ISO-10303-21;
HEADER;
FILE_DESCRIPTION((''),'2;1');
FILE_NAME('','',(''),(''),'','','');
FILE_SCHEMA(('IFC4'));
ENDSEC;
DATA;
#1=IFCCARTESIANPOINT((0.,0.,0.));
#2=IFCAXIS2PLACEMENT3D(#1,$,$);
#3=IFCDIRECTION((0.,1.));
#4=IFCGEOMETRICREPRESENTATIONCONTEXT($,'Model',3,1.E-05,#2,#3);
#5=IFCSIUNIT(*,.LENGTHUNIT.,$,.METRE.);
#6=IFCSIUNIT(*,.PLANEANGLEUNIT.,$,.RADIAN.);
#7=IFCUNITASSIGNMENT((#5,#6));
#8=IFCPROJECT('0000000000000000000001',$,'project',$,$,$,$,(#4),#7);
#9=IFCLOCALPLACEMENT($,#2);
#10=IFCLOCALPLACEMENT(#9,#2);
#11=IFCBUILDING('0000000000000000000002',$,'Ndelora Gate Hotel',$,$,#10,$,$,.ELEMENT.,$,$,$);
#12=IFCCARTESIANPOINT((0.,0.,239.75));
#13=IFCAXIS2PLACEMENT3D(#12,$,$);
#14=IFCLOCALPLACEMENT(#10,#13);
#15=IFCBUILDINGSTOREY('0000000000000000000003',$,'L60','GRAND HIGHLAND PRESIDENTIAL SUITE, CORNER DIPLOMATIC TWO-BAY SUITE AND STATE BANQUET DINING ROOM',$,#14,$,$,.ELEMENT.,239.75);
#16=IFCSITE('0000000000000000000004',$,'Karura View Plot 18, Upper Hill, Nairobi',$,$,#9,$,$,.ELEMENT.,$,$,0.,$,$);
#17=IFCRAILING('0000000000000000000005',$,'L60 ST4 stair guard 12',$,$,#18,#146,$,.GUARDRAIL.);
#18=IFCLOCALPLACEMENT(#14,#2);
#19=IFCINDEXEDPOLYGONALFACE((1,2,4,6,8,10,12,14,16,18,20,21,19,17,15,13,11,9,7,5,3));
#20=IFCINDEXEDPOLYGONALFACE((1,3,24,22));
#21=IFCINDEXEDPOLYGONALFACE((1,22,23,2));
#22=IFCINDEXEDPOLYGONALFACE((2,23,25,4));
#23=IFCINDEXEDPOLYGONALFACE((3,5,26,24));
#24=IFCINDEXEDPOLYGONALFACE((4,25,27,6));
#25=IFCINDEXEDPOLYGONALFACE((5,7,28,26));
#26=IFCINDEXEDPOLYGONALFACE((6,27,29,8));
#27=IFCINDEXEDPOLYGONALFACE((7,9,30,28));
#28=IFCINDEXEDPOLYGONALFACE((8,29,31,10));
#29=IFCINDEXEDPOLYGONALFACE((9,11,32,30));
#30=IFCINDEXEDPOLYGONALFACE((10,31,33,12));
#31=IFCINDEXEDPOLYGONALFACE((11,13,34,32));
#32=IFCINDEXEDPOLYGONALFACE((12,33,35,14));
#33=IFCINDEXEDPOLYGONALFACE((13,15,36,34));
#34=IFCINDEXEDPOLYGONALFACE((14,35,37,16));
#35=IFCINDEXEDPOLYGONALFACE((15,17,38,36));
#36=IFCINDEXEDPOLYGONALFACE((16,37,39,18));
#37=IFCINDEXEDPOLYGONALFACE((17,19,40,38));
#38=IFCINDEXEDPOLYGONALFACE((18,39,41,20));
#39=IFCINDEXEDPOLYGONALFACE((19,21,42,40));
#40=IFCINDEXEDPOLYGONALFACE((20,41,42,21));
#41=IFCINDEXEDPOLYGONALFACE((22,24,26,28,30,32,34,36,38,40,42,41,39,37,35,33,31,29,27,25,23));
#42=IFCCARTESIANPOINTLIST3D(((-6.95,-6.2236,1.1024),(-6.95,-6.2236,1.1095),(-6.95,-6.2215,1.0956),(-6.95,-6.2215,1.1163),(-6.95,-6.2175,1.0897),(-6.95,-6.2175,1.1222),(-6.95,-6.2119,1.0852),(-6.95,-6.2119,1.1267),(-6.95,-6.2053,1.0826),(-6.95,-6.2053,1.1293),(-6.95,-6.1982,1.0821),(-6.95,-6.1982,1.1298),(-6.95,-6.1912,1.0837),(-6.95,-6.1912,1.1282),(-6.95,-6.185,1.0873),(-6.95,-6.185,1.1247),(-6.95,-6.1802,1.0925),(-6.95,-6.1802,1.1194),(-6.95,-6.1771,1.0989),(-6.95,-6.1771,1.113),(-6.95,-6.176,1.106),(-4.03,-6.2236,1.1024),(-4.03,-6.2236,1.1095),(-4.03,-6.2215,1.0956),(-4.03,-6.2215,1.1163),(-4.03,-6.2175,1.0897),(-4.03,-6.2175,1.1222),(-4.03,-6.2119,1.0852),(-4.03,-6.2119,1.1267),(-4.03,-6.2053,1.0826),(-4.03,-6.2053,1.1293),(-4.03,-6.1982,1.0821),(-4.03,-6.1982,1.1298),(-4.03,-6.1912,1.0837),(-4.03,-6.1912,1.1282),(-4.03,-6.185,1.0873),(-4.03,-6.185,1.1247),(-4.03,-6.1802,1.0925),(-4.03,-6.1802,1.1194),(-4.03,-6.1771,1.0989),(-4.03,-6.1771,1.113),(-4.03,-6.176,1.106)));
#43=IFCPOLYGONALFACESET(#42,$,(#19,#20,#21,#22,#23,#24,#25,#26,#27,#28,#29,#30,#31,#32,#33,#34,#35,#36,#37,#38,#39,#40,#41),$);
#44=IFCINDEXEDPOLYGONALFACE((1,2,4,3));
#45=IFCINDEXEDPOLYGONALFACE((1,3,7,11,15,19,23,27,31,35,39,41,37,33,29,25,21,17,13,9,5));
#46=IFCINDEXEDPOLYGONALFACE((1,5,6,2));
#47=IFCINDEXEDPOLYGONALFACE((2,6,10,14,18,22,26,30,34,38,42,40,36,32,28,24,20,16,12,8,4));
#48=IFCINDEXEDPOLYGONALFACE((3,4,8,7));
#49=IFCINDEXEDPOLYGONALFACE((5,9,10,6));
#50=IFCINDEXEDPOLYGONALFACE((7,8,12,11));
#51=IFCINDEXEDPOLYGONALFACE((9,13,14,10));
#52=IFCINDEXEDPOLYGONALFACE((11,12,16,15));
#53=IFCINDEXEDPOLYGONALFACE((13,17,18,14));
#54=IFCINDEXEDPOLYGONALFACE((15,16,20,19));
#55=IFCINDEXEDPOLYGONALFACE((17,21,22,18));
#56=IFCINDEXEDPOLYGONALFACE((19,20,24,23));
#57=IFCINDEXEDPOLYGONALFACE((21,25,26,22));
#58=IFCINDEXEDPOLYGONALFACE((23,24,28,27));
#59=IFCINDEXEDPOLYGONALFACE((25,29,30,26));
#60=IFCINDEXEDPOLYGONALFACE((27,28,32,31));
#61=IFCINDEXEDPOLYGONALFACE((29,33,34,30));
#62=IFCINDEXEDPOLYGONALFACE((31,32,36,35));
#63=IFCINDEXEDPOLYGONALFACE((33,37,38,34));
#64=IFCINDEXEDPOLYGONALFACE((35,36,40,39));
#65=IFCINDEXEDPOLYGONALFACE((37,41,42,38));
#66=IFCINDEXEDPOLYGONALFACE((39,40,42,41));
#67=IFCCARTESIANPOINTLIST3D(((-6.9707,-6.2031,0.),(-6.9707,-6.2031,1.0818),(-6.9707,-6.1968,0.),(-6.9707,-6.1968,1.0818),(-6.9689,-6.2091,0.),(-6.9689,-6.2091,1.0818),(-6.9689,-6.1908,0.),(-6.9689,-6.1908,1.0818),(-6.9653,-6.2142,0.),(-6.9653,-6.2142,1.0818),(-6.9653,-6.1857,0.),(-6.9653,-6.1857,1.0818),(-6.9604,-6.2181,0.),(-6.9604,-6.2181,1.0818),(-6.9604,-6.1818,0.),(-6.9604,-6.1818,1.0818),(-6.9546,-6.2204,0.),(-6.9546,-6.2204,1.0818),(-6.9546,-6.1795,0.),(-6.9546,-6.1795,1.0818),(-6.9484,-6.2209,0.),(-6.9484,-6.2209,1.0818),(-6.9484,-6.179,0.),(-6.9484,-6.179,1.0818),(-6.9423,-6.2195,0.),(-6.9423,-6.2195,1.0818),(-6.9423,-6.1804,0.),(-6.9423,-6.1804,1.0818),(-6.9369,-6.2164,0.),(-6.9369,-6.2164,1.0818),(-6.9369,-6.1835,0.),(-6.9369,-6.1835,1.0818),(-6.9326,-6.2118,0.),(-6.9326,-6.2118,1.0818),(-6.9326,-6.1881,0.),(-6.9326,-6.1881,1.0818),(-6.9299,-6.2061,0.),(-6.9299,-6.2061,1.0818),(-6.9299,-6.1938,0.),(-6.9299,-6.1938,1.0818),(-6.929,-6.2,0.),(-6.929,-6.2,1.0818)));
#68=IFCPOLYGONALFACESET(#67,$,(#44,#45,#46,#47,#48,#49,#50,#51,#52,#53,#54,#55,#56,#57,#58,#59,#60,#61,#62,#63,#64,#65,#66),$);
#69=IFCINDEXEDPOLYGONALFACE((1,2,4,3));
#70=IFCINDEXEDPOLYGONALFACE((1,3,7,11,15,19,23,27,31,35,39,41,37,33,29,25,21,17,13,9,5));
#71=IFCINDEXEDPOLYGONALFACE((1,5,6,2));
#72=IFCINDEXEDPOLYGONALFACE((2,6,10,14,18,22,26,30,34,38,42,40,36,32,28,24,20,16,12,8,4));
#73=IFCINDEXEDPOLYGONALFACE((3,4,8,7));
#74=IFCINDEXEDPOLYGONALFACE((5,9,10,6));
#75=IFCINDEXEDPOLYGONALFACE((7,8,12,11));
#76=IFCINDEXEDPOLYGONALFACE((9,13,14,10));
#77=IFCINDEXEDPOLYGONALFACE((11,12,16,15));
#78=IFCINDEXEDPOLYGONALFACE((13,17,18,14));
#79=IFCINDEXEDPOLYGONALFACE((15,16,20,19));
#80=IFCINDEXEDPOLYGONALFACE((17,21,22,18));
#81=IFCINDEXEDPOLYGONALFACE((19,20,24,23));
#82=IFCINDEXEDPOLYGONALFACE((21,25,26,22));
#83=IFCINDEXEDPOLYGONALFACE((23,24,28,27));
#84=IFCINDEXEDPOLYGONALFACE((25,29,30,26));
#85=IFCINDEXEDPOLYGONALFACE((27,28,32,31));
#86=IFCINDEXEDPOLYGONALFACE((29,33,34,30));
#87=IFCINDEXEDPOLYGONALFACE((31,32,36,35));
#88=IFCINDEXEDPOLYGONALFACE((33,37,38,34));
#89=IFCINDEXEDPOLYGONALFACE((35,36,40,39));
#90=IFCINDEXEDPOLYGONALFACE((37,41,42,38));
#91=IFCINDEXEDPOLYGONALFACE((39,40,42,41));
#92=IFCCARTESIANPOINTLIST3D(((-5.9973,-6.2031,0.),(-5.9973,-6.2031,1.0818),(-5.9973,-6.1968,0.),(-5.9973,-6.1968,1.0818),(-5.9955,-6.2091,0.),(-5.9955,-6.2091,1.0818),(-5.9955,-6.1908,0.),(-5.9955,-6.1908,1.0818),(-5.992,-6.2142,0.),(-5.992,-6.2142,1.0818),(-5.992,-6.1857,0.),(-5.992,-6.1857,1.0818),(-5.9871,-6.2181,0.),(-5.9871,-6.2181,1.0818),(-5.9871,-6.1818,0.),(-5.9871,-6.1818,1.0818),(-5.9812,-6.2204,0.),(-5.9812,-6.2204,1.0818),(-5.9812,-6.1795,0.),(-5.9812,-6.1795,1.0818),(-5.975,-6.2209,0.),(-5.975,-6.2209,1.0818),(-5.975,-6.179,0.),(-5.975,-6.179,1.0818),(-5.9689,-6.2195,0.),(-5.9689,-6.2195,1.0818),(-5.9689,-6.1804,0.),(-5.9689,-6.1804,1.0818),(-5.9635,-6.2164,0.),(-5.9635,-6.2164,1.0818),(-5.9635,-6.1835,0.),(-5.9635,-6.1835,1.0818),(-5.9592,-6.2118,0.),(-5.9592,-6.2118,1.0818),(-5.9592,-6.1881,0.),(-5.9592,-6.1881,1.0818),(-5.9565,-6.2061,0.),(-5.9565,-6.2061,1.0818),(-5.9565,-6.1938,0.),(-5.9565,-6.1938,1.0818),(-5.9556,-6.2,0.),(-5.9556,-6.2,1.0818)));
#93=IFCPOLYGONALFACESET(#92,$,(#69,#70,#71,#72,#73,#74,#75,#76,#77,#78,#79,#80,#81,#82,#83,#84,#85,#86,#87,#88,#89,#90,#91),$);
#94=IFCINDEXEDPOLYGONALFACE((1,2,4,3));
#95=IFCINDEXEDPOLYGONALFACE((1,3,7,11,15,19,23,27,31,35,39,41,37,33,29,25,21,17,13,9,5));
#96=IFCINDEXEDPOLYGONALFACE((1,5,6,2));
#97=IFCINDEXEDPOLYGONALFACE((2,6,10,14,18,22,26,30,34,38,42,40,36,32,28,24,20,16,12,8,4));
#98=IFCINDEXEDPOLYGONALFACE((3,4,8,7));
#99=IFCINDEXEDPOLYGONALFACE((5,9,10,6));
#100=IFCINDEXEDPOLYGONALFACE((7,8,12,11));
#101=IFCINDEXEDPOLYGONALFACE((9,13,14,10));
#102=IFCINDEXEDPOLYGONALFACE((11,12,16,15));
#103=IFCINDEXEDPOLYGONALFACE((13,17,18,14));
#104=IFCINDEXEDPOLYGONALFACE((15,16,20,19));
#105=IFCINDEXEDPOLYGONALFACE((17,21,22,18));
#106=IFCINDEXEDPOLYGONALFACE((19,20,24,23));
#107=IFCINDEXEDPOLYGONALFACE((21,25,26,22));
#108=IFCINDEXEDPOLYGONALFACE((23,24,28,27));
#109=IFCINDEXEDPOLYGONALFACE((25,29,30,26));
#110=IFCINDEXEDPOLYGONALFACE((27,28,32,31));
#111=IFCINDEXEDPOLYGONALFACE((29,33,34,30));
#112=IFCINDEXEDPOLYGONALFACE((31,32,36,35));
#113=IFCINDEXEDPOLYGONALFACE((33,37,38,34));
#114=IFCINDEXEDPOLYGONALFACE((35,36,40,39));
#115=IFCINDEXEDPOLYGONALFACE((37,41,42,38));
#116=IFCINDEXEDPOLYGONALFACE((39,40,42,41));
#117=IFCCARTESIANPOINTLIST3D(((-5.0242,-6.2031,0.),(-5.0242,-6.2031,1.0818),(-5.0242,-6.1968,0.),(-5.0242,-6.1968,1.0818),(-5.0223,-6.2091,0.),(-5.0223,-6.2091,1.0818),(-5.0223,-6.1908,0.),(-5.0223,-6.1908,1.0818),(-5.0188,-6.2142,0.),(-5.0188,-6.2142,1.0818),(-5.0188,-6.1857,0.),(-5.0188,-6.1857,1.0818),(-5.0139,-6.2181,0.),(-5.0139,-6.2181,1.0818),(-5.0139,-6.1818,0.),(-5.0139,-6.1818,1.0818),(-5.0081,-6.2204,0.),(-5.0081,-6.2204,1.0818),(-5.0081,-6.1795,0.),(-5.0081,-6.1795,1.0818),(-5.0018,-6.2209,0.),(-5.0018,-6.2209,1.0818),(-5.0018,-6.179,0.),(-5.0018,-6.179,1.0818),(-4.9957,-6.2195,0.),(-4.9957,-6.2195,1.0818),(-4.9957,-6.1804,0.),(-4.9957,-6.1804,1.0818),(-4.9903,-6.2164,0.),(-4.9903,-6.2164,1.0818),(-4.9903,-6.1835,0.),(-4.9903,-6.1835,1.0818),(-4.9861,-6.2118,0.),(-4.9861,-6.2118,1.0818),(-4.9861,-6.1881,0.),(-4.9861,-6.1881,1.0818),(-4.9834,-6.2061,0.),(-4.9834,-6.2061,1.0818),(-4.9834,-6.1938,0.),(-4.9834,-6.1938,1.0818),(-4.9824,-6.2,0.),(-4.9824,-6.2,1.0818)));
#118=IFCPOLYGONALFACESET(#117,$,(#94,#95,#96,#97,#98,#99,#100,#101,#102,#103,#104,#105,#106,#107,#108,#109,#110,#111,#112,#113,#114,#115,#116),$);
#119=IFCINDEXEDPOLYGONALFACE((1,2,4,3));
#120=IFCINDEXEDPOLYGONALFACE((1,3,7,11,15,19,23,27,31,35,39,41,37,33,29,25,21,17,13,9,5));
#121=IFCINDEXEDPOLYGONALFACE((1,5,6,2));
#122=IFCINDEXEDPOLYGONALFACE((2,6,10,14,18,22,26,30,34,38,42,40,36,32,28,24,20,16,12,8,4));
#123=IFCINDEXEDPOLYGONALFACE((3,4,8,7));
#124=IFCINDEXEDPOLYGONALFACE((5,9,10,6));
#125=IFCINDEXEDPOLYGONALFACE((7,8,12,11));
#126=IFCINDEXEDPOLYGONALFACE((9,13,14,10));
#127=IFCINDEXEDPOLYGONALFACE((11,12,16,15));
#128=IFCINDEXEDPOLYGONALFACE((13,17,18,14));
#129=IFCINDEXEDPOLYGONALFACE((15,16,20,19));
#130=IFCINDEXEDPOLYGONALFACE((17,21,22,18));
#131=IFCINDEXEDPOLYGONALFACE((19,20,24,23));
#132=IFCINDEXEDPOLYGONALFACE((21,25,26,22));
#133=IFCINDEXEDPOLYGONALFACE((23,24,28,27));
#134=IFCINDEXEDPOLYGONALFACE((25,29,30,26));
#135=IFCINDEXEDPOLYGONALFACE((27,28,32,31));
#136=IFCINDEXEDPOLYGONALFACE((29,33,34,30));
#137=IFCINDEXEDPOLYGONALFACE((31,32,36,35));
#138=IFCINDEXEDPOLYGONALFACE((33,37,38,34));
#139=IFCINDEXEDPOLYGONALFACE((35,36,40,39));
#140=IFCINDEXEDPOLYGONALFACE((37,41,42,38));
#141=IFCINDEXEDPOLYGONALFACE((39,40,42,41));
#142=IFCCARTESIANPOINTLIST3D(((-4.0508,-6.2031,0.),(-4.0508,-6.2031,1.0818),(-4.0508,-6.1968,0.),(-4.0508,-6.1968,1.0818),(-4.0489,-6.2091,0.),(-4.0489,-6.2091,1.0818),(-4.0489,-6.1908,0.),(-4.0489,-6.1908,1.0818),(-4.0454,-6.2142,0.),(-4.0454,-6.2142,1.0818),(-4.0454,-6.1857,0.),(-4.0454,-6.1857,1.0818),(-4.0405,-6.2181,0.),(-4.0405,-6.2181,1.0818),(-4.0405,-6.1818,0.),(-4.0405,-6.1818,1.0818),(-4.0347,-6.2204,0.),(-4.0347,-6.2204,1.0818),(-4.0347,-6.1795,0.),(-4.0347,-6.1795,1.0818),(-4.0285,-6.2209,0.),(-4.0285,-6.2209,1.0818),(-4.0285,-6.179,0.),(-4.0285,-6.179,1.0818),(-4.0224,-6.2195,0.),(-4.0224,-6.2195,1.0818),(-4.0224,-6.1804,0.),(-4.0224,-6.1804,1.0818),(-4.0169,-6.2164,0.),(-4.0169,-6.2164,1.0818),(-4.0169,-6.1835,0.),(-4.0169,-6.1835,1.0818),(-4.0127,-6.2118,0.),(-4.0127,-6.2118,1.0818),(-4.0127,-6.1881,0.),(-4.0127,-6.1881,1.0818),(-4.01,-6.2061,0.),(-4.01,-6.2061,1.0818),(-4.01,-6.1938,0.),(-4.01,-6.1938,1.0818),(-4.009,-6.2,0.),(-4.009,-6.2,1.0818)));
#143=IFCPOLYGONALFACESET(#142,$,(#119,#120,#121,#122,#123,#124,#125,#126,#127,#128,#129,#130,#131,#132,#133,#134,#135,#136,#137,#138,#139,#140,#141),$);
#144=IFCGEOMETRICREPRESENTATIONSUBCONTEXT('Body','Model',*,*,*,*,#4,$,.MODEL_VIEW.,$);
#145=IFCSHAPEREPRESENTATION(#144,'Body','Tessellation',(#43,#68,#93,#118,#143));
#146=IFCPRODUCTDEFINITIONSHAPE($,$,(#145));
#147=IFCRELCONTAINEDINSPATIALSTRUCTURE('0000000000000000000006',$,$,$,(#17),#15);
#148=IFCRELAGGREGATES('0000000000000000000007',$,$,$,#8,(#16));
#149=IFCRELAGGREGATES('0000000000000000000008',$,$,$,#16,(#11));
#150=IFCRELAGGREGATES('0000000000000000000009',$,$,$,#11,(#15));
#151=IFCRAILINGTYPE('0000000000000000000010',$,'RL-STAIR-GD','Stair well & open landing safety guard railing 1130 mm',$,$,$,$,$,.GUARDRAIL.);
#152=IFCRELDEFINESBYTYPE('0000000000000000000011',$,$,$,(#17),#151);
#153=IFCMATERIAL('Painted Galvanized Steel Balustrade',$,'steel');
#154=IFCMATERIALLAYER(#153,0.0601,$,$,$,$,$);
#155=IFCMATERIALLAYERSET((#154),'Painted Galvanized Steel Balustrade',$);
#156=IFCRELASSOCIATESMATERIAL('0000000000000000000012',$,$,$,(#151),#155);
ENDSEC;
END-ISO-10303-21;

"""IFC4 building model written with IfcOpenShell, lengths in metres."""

from ifc_helpers import new_model, si_unit, direction, frame, origin, origin_2d, place, context, subcontext, project, spatial, circle, extrude, material, layer, layer_set, type_object, element, save


model = new_model("IFC4")

# Units and contexts
model_context = context("Model", 3, precision=1e-05, world=origin(), true_north=direction((0.0, 1.0)))
body_context = subcontext(model_context, "Body", "Model", "MODEL_VIEW")
ifc_project = project(units=[si_unit("LENGTHUNIT", "METRE"), si_unit("PLANEANGLEUNIT", "RADIAN")], contexts=[model_context])

# Site, building, storey
site_placement = place(None, origin())
site = spatial("IfcSite", under=ifc_project, at=site_placement, Name="Karura View Plot 18, Upper Hill, Nairobi", CompositionType="ELEMENT", RefElevation=0.0)
building_placement = place(site_placement, origin())
building = spatial("IfcBuilding", under=site, at=building_placement, Name="Ndelora Gate Hotel", CompositionType="ELEMENT")
storey_placement = place(building_placement, frame((0.0, 0.0, 239.75)))
storey = spatial("IfcBuildingStorey", under=building, at=storey_placement, Name="L60", Description="GRAND HIGHLAND PRESIDENTIAL SUITE, CORNER DIPLOMATIC TWO-BAY SUITE AND STATE BANQUET DINING ROOM", CompositionType="ELEMENT", Elevation=239.75)

# Railing
ifc_material_1 = material(Name="Painted Galvanized Steel Balustrade", Category="steel")
ifc_layer_1 = layer(ifc_material_1, 0.0601)
ifc_layer_set_1 = layer_set([ifc_layer_1], Name="Painted Galvanized Steel Balustrade")
railing_type_1 = type_object("IfcRailingType", Name="RL-STAIR-GD", Description="Stair well & open landing safety guard railing 1130 mm", PredefinedType="GUARDRAIL", material=ifc_layer_set_1)
railing_1_placement = place(storey_placement, frame((-6.95, -6.2, 0.0)))
element("IfcRailing", 1, at=railing_1_placement, inside=storey, type_object=railing_type_1, Name="L60 ST4 stair guard 12", PredefinedType="GUARDRAIL", context=body_context, shape_type="SweptSolid", body=[
    extrude(circle(Radius=0.0239, at=origin_2d()), frame((0.0, 0.0, 1.106), z_axis=(1.0, 0.0, 0.0), x_axis=(0.0, 1.0, 0.0)), (0.0, 0.0, 1.0), 2.9199),
    extrude(circle(Radius=0.021, at=origin_2d()), origin(), (0.0, 0.0, 1.0), 1.0818),
    extrude(circle(Radius=0.021, at=origin_2d()), frame((0.9734, 0.0, 0.0)), (0.0, 0.0, 1.0), 1.0818),
    extrude(circle(Radius=0.021, at=origin_2d()), frame((1.9465, 0.0, 0.0)), (0.0, 0.0, 1.0), 1.0818),
    extrude(circle(Radius=0.021, at=origin_2d()), frame((2.9199, 0.0, 0.0)), (0.0, 0.0, 1.0), 1.0818),
])

save(model, "model.ifc")
